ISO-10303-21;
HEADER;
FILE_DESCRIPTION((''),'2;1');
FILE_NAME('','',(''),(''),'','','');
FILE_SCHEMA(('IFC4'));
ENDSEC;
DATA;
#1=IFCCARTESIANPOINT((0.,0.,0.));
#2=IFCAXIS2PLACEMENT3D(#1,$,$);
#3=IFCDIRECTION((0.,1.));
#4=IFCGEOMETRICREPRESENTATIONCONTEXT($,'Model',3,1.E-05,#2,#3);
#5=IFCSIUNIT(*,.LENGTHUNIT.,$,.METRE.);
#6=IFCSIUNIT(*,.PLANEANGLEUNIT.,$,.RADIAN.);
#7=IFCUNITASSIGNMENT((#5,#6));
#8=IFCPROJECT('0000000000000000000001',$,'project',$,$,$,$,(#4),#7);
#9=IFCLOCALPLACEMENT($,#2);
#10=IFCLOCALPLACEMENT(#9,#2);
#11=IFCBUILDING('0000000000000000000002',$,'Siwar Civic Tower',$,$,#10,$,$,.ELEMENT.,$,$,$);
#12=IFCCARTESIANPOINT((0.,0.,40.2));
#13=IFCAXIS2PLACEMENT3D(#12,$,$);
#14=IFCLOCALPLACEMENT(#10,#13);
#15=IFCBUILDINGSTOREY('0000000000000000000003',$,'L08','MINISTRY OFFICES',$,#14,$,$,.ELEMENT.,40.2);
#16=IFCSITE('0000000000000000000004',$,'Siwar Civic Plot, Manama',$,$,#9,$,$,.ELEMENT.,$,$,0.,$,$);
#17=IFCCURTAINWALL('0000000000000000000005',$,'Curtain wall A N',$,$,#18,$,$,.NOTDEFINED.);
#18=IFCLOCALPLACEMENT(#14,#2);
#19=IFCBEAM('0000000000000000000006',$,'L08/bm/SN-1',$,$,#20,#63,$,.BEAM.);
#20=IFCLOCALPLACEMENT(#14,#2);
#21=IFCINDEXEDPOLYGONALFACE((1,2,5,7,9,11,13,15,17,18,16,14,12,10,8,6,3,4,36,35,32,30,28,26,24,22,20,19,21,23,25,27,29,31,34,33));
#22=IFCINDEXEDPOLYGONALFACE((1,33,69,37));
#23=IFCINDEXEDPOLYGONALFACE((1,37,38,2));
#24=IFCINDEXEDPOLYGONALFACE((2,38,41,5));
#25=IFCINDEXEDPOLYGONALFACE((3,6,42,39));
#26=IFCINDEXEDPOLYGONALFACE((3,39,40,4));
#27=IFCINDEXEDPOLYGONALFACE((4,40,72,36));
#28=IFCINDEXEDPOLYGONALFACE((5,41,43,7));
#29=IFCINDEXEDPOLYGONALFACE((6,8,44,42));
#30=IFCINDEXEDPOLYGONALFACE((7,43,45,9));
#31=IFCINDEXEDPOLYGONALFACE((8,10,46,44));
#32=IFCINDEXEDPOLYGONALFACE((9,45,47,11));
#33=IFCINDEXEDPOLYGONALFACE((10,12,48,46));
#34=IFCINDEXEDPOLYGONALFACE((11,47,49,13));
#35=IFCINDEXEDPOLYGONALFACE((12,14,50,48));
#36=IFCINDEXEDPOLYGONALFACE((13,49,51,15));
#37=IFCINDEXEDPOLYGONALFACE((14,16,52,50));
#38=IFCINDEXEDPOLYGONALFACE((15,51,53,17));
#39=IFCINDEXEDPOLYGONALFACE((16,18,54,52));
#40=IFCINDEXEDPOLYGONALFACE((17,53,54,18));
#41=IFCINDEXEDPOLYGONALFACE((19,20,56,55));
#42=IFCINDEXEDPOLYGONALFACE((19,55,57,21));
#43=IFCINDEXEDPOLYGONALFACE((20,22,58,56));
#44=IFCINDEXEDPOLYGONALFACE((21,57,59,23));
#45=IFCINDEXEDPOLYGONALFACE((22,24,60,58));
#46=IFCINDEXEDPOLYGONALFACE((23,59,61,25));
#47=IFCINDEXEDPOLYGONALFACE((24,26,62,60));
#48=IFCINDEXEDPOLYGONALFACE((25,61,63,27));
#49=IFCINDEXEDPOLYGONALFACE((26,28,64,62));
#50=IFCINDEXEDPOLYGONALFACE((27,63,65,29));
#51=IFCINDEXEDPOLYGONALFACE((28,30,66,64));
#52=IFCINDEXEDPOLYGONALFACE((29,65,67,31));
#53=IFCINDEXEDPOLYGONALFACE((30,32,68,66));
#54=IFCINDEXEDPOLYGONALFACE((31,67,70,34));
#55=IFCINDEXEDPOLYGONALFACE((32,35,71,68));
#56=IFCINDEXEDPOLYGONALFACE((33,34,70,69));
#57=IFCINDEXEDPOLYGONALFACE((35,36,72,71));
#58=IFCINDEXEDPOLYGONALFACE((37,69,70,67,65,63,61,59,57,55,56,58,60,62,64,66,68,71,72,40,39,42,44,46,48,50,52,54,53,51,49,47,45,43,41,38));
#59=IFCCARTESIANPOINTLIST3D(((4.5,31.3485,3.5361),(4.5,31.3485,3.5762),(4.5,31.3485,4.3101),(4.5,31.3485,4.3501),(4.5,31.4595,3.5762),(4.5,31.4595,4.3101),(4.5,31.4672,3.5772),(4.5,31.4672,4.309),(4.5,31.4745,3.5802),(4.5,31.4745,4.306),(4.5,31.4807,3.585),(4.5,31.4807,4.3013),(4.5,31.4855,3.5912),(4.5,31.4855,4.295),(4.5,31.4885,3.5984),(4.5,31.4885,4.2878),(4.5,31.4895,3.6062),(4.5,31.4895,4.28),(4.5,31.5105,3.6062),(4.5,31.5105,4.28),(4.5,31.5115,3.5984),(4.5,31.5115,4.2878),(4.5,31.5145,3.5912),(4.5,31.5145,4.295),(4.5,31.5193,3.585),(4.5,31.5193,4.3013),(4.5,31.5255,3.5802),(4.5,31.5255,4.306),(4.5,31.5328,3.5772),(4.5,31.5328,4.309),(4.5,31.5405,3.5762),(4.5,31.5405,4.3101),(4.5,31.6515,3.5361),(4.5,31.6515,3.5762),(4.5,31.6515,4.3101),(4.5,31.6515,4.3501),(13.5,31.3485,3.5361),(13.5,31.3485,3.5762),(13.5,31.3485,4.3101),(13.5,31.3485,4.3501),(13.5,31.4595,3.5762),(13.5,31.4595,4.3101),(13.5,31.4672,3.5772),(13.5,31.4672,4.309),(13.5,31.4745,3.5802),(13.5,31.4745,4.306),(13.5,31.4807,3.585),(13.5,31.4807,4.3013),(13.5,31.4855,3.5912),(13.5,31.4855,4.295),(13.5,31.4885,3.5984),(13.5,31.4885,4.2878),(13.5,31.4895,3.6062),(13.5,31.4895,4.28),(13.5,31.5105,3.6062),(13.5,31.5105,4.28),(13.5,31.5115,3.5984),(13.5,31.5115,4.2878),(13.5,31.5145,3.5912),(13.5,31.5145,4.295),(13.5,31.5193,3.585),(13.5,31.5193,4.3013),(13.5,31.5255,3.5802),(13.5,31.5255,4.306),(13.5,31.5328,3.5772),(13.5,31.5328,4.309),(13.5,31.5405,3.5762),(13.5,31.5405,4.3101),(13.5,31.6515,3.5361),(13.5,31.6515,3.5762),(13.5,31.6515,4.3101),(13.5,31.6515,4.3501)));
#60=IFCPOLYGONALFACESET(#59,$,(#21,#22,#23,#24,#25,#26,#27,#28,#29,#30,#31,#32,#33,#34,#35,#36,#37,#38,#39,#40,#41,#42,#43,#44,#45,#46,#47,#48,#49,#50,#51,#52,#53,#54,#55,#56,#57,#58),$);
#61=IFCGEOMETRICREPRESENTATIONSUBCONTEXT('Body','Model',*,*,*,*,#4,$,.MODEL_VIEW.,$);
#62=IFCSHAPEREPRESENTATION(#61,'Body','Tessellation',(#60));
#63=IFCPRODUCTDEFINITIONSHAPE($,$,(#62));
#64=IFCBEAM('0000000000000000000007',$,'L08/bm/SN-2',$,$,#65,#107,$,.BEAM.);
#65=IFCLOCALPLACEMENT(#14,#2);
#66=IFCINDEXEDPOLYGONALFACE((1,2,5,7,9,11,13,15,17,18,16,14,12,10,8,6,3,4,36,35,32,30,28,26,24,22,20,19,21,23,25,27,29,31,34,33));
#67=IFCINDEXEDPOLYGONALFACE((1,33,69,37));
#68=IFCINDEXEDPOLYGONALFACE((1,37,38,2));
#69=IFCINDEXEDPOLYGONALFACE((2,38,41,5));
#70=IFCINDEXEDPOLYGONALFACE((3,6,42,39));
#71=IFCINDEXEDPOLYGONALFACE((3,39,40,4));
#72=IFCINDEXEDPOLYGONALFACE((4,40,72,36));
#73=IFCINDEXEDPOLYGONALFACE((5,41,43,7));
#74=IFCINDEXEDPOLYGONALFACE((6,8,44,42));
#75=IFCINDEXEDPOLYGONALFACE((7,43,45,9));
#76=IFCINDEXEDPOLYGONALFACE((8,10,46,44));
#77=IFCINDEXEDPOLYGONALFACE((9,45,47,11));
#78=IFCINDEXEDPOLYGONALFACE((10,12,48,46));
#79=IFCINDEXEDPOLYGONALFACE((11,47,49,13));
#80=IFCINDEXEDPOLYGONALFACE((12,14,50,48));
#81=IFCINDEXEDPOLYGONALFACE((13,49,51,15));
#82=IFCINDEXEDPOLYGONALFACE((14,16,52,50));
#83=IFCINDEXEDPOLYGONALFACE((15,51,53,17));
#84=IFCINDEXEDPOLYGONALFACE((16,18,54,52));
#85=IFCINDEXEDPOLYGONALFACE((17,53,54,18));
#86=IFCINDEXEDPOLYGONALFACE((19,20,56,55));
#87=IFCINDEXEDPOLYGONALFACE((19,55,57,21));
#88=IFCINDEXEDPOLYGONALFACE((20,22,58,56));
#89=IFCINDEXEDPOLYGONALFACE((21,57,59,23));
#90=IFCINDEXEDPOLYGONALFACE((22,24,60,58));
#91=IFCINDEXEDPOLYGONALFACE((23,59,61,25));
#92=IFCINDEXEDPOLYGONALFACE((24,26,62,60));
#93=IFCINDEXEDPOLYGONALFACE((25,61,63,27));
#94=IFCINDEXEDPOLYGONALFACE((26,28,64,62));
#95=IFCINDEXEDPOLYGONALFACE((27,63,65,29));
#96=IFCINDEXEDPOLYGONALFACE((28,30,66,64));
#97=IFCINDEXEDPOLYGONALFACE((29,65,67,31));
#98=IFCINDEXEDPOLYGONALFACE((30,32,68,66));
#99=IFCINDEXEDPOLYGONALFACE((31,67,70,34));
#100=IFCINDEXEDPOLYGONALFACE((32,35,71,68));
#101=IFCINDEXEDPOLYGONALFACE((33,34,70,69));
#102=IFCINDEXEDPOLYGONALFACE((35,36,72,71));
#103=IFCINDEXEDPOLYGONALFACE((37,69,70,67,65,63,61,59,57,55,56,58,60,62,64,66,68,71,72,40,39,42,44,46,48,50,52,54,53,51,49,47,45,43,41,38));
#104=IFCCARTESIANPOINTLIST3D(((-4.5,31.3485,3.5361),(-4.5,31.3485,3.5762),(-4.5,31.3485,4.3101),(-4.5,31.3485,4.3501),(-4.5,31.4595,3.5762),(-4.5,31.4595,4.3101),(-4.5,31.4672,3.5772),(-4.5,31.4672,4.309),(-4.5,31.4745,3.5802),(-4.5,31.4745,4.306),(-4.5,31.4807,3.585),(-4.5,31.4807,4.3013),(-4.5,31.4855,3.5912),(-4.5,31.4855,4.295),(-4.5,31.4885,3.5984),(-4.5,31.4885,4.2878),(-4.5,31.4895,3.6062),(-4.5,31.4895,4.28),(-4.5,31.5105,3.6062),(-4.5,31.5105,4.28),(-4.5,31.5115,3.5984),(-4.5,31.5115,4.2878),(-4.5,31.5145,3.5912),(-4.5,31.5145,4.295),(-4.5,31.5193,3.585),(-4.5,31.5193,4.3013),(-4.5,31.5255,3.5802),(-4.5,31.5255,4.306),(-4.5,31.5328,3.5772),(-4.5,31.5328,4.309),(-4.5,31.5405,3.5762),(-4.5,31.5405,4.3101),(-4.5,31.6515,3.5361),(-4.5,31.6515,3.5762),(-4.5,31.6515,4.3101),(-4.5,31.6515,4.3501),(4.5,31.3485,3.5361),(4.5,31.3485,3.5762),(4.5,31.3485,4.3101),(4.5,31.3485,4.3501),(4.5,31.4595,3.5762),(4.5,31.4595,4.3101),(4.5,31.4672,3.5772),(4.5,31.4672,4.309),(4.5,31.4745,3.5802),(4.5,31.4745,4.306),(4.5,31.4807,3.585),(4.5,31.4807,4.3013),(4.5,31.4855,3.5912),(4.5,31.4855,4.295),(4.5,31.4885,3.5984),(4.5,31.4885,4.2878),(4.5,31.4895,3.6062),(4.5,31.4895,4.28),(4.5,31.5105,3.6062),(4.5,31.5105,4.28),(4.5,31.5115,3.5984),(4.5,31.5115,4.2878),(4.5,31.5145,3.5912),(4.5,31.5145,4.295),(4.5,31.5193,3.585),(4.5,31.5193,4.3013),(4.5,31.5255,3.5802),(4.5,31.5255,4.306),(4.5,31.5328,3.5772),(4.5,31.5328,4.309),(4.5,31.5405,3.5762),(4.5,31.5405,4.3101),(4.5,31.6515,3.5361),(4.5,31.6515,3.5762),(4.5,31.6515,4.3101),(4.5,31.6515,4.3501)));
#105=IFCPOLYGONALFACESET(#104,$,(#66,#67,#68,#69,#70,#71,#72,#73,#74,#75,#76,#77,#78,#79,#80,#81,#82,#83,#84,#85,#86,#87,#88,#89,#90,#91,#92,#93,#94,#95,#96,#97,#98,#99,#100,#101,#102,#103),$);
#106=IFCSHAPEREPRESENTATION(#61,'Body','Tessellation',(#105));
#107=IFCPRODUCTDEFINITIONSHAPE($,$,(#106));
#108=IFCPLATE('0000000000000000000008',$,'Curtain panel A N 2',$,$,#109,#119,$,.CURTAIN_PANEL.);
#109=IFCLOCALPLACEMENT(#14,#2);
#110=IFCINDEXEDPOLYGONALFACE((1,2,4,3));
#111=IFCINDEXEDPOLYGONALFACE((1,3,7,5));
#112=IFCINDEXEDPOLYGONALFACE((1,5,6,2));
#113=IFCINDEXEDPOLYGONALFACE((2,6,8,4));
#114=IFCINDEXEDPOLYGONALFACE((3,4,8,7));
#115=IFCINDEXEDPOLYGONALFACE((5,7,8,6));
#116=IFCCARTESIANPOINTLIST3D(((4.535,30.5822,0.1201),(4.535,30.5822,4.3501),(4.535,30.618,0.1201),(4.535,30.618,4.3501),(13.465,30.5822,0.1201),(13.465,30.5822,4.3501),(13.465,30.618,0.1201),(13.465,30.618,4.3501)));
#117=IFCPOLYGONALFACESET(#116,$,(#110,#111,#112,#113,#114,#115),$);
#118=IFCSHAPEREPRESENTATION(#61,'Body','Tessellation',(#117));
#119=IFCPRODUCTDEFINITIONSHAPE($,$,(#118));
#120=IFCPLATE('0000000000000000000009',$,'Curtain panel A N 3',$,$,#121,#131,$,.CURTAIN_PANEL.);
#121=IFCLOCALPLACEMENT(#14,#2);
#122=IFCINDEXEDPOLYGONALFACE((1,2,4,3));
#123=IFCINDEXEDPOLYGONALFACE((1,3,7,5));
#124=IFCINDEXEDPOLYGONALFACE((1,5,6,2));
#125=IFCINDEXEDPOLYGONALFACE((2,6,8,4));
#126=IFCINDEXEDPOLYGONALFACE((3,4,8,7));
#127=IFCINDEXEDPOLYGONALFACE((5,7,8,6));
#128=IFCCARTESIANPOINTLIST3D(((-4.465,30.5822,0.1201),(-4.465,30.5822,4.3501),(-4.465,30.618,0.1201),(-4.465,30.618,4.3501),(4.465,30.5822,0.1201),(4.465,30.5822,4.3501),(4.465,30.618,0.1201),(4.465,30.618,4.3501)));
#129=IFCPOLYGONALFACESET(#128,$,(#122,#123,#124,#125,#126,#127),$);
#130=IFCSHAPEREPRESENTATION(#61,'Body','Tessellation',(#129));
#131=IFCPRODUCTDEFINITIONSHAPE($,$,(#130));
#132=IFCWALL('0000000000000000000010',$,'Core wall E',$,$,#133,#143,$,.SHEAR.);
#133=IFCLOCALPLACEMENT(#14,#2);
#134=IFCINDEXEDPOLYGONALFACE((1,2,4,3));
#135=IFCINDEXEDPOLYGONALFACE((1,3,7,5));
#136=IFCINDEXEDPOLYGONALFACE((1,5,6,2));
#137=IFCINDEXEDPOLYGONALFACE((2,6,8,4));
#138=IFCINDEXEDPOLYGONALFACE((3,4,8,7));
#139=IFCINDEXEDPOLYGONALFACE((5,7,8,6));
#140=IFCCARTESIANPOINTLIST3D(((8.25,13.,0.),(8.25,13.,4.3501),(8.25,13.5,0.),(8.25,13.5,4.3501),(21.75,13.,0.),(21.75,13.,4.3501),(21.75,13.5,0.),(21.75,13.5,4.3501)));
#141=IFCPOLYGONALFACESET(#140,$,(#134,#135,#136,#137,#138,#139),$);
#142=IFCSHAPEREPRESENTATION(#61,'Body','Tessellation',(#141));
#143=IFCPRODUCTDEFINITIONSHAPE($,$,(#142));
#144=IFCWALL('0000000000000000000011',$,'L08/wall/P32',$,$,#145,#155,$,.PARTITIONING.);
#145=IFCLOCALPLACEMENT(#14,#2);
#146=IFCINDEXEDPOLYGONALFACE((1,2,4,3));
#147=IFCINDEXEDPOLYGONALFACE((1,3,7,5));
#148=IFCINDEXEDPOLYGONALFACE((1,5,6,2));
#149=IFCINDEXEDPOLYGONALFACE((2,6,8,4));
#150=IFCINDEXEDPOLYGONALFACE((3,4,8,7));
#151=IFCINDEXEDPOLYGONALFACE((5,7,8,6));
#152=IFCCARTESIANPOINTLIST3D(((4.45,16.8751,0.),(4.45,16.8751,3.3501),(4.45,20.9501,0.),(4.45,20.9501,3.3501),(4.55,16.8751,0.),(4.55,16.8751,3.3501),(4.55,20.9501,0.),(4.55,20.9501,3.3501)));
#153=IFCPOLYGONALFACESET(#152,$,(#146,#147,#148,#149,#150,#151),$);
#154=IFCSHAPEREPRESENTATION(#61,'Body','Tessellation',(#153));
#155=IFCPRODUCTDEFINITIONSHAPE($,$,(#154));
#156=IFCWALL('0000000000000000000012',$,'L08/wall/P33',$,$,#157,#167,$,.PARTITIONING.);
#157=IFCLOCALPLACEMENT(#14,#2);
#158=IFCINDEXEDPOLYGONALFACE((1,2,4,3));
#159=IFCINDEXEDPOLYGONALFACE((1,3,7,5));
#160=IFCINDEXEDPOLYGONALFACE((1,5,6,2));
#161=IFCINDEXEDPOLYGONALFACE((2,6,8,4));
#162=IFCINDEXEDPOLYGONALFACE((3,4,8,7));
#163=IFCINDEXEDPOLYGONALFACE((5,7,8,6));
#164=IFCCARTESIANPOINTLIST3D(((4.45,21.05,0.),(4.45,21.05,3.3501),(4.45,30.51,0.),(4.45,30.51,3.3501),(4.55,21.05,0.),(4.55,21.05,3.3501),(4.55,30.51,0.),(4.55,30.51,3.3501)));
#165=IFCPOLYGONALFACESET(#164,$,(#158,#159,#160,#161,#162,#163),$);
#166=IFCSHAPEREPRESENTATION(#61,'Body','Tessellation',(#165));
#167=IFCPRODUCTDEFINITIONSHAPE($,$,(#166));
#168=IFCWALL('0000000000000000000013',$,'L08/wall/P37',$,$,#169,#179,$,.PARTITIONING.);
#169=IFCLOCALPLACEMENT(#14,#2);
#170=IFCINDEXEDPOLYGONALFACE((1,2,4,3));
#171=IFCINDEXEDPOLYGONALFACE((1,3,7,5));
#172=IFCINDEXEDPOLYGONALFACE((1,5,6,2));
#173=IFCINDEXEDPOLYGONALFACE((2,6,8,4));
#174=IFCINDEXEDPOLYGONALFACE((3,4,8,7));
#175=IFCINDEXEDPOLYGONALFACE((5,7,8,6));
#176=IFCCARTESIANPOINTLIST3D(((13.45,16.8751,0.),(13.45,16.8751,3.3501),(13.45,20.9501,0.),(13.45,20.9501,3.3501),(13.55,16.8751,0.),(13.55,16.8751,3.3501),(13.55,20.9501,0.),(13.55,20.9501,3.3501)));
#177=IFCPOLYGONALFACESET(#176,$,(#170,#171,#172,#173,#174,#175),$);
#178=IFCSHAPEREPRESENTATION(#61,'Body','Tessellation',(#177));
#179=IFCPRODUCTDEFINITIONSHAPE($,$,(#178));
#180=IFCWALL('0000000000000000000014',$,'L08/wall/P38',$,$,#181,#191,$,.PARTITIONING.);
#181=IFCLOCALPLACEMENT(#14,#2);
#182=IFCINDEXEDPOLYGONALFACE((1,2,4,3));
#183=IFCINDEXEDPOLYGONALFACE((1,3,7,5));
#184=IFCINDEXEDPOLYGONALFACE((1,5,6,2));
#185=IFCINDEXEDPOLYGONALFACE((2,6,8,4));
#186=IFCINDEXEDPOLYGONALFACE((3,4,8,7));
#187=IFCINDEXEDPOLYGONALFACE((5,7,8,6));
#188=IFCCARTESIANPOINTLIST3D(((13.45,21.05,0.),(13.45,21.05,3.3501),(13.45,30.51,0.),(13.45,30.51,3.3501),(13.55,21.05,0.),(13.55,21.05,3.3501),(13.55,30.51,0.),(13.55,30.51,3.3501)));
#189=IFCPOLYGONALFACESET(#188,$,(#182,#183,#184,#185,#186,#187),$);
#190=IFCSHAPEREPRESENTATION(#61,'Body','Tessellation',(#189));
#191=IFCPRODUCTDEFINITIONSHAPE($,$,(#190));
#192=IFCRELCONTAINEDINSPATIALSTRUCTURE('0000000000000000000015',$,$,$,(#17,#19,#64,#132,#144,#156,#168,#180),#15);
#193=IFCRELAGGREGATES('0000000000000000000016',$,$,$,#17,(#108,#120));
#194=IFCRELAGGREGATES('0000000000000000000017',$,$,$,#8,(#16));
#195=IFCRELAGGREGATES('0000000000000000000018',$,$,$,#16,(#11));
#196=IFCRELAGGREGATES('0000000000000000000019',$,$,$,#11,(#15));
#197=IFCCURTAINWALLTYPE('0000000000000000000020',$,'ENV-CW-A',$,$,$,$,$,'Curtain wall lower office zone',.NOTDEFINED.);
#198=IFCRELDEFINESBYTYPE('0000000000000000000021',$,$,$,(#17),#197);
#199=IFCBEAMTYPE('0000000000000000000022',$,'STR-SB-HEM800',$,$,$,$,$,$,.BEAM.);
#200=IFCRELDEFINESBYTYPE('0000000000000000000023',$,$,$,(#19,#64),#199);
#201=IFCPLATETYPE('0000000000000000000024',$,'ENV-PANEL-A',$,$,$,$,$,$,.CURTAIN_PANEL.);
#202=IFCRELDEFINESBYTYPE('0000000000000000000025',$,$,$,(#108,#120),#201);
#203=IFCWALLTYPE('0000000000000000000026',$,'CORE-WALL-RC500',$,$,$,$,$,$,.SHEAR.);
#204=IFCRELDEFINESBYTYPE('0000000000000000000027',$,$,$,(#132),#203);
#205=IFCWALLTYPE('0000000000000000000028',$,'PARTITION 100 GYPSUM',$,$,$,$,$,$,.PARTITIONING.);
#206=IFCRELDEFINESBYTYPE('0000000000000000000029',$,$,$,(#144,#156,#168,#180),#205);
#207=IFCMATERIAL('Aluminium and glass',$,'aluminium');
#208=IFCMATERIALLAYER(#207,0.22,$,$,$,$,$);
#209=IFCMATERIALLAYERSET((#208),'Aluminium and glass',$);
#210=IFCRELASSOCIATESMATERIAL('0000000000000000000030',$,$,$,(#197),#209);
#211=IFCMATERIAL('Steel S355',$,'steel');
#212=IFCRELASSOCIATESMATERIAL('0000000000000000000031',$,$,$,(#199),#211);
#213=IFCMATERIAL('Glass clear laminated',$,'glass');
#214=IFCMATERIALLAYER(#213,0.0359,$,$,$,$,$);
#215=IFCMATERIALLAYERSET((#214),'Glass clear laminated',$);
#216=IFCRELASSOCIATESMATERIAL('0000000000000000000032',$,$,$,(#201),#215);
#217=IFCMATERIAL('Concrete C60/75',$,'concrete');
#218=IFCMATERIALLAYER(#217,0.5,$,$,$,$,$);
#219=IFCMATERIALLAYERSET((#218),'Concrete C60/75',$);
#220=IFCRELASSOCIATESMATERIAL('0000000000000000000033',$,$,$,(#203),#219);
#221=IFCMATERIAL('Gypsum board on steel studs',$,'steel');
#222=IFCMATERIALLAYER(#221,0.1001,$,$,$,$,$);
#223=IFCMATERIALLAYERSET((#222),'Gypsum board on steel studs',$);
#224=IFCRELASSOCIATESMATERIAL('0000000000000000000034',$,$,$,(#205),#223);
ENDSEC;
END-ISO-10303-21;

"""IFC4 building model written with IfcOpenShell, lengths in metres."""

from ifc_helpers import new_model, si_unit, direction, frame, frame_2d, origin, origin_2d, place, context, subcontext, project, spatial, rectangle, i_section, extrude, material, layer, layer_set, material_profile, profile_set, type_object, element, aggregate, save


model = new_model("IFC4")

# Units and contexts
model_context = context("Model", 3, precision=1e-05, world=origin(), true_north=direction((0.0, 1.0)))
body_context = subcontext(model_context, "Body", "Model", "MODEL_VIEW")
ifc_project = project(units=[si_unit("LENGTHUNIT", "METRE"), si_unit("PLANEANGLEUNIT", "RADIAN")], contexts=[model_context])

# Site, building, storey
site_placement = place(None, origin())
site = spatial("IfcSite", under=ifc_project, at=site_placement, Name="Siwar Civic Plot, Manama", CompositionType="ELEMENT", RefElevation=0.0)
building_placement = place(site_placement, origin())
building = spatial("IfcBuilding", under=site, at=building_placement, Name="Siwar Civic Tower", CompositionType="ELEMENT")
storey_placement = place(building_placement, frame((0.0, 0.0, 40.2)))
storey = spatial("IfcBuildingStorey", under=building, at=storey_placement, Name="L08", Description="MINISTRY OFFICES", CompositionType="ELEMENT", Elevation=40.2)

# Curtain wall
ifc_material_1 = material(Name="Aluminium and glass", Category="aluminium")
ifc_layer_1 = layer(ifc_material_1, 0.22)
ifc_layer_set_1 = layer_set([ifc_layer_1], Name="Aluminium and glass")
curtain_wall_type = type_object("IfcCurtainWallType", Name="ENV-CW-A", ElementType="Curtain wall lower office zone", PredefinedType="NOTDEFINED", material=ifc_layer_set_1)
curtain_wall_placement = place(storey_placement, origin())
curtain_wall = element("IfcCurtainWall", 1, at=curtain_wall_placement, inside=storey, type_object=curtain_wall_type, Name="Curtain wall A N", PredefinedType="NOTDEFINED")

# Beams
ifc_material_2 = material(Name="Steel S355", Category="steel")
ifc_material_profile_1 = material_profile(ifc_material_2, i_section(OverallWidth=0.303, OverallDepth=0.814, WebThickness=0.021, FlangeThickness=0.04, FilletRadius=0.03, at=origin_2d()), Name="HEM800")
ifc_profile_set_1 = profile_set([ifc_material_profile_1], Name="Steel S355")
beam_type_1 = type_object("IfcBeamType", Name="STR-SB-HEM800", PredefinedType="BEAM", material=ifc_profile_set_1)
for number, where, z_axis, x_axis, name in (
    (2, (13.5, 31.5, 3.9431), (-1.0, 0.0, 0.0), (0.0, -1.0, 0.0), "L08/bm/SN-1"),
    (3, (4.5, 31.5, 3.9431), (-1.0, 0.0, 0.0), (0.0, -1.0, 0.0), "L08/bm/SN-2"),
):
    element("IfcBeam", number, at=place(storey_placement, frame(where, z_axis=z_axis, x_axis=x_axis)), inside=storey, type_object=beam_type_1, Name=name, PredefinedType="BEAM", context=body_context, shape_type="SweptSolid", body=[
        extrude(i_section(OverallWidth=0.303, OverallDepth=0.814, WebThickness=0.021, FlangeThickness=0.04, FilletRadius=0.03, at=origin_2d()), origin(), (0.0, 0.0, 1.0), 9.0),
    ])

# Plates
ifc_material_3 = material(Name="Glass clear laminated", Category="glass")
ifc_layer_2 = layer(ifc_material_3, 0.0359)
ifc_layer_set_2 = layer_set([ifc_layer_2], Name="Glass clear laminated")
plate_type = type_object("IfcPlateType", Name="ENV-PANEL-A", PredefinedType="CURTAIN_PANEL", material=ifc_layer_set_2)
plate_1_placement = place(storey_placement, frame((9.0, 30.6001, 0.1201), z_axis=(0.0, 0.0, 1.0), x_axis=(-1.0, 0.0, 0.0)))
plate_1 = element("IfcPlate", 4, at=plate_1_placement, type_object=plate_type, Name="Curtain panel A N 2", PredefinedType="CURTAIN_PANEL", context=body_context, shape_type="SweptSolid", body=[
    extrude(rectangle(XDim=8.9299, YDim=0.0359, at=origin_2d()), origin(), (0.0, 0.0, 1.0), 4.23),
])
plate_2_placement = place(storey_placement, frame((0.0, 30.6001, 0.1201), z_axis=(0.0, 0.0, 1.0), x_axis=(-1.0, 0.0, 0.0)))
plate_2 = element("IfcPlate", 5, at=plate_2_placement, type_object=plate_type, Name="Curtain panel A N 3", PredefinedType="CURTAIN_PANEL", context=body_context, shape_type="SweptSolid", body=[
    extrude(rectangle(XDim=8.9299, YDim=0.0359, at=origin_2d()), origin(), (0.0, 0.0, 1.0), 4.23),
])
aggregate(curtain_wall, [plate_1, plate_2])

# Walls
ifc_material_4 = material(Name="Concrete C60/75", Category="concrete")
ifc_layer_3 = layer(ifc_material_4, 0.5)
ifc_layer_set_3 = layer_set([ifc_layer_3], Name="Concrete C60/75")
wall_type_1 = type_object("IfcWallType", Name="CORE-WALL-RC500", PredefinedType="SHEAR", material=ifc_layer_set_3)
wall_1_placement = place(storey_placement, frame((8.25, 13.25, 0.0), z_axis=(0.0, 0.0, 1.0), x_axis=(1.0, 0.0, 0.0)))
element("IfcWall", 6, at=wall_1_placement, inside=storey, type_object=wall_type_1, Name="Core wall E", PredefinedType="SHEAR", context=body_context, shape_type="SweptSolid", body=[
    extrude(rectangle(XDim=13.5, YDim=0.5, at=frame_2d((6.75, 0.0))), origin(), (0.0, 0.0, 1.0), 4.3501),
])
ifc_material_5 = material(Name="Gypsum board on steel studs", Category="steel")
ifc_layer_4 = layer(ifc_material_5, 0.1001)
ifc_layer_set_4 = layer_set([ifc_layer_4], Name="Gypsum board on steel studs")
wall_type_2 = type_object("IfcWallType", Name="PARTITION 100 GYPSUM", PredefinedType="PARTITIONING", material=ifc_layer_set_4)
wall_2_placement = place(storey_placement, frame((4.5, 16.875, 0.0), z_axis=(0.0, 0.0, 1.0), x_axis=(0.0, 1.0, 0.0)))
element("IfcWall", 7, at=wall_2_placement, inside=storey, type_object=wall_type_2, Name="L08/wall/P32", PredefinedType="PARTITIONING", context=body_context, shape_type="SweptSolid", body=[
    extrude(rectangle(XDim=4.075, YDim=0.1001, at=frame_2d((2.0376, 0.0))), origin(), (0.0, 0.0, 1.0), 3.3501),
])
wall_3_placement = place(storey_placement, frame((4.5, 21.05, 0.0), z_axis=(0.0, 0.0, 1.0), x_axis=(0.0, 1.0, 0.0)))
element("IfcWall", 8, at=wall_3_placement, inside=storey, type_object=wall_type_2, Name="L08/wall/P33", PredefinedType="PARTITIONING", context=body_context, shape_type="SweptSolid", body=[
    extrude(rectangle(XDim=9.46, YDim=0.1001, at=frame_2d((4.73, 0.0))), origin(), (0.0, 0.0, 1.0), 3.3501),
])
wall_4_placement = place(storey_placement, frame((13.5, 16.875, 0.0), z_axis=(0.0, 0.0, 1.0), x_axis=(0.0, 1.0, 0.0)))
element("IfcWall", 9, at=wall_4_placement, inside=storey, type_object=wall_type_2, Name="L08/wall/P37", PredefinedType="PARTITIONING", context=body_context, shape_type="SweptSolid", body=[
    extrude(rectangle(XDim=4.075, YDim=0.1001, at=frame_2d((2.0376, 0.0))), origin(), (0.0, 0.0, 1.0), 3.3501),
])
wall_5_placement = place(storey_placement, frame((13.5, 21.05, 0.0), z_axis=(0.0, 0.0, 1.0), x_axis=(0.0, 1.0, 0.0)))
element("IfcWall", 10, at=wall_5_placement, inside=storey, type_object=wall_type_2, Name="L08/wall/P38", PredefinedType="PARTITIONING", context=body_context, shape_type="SweptSolid", body=[
    extrude(rectangle(XDim=9.46, YDim=0.1001, at=frame_2d((4.73, 0.0))), origin(), (0.0, 0.0, 1.0), 3.3501),
])

save(model, "model.ifc")
